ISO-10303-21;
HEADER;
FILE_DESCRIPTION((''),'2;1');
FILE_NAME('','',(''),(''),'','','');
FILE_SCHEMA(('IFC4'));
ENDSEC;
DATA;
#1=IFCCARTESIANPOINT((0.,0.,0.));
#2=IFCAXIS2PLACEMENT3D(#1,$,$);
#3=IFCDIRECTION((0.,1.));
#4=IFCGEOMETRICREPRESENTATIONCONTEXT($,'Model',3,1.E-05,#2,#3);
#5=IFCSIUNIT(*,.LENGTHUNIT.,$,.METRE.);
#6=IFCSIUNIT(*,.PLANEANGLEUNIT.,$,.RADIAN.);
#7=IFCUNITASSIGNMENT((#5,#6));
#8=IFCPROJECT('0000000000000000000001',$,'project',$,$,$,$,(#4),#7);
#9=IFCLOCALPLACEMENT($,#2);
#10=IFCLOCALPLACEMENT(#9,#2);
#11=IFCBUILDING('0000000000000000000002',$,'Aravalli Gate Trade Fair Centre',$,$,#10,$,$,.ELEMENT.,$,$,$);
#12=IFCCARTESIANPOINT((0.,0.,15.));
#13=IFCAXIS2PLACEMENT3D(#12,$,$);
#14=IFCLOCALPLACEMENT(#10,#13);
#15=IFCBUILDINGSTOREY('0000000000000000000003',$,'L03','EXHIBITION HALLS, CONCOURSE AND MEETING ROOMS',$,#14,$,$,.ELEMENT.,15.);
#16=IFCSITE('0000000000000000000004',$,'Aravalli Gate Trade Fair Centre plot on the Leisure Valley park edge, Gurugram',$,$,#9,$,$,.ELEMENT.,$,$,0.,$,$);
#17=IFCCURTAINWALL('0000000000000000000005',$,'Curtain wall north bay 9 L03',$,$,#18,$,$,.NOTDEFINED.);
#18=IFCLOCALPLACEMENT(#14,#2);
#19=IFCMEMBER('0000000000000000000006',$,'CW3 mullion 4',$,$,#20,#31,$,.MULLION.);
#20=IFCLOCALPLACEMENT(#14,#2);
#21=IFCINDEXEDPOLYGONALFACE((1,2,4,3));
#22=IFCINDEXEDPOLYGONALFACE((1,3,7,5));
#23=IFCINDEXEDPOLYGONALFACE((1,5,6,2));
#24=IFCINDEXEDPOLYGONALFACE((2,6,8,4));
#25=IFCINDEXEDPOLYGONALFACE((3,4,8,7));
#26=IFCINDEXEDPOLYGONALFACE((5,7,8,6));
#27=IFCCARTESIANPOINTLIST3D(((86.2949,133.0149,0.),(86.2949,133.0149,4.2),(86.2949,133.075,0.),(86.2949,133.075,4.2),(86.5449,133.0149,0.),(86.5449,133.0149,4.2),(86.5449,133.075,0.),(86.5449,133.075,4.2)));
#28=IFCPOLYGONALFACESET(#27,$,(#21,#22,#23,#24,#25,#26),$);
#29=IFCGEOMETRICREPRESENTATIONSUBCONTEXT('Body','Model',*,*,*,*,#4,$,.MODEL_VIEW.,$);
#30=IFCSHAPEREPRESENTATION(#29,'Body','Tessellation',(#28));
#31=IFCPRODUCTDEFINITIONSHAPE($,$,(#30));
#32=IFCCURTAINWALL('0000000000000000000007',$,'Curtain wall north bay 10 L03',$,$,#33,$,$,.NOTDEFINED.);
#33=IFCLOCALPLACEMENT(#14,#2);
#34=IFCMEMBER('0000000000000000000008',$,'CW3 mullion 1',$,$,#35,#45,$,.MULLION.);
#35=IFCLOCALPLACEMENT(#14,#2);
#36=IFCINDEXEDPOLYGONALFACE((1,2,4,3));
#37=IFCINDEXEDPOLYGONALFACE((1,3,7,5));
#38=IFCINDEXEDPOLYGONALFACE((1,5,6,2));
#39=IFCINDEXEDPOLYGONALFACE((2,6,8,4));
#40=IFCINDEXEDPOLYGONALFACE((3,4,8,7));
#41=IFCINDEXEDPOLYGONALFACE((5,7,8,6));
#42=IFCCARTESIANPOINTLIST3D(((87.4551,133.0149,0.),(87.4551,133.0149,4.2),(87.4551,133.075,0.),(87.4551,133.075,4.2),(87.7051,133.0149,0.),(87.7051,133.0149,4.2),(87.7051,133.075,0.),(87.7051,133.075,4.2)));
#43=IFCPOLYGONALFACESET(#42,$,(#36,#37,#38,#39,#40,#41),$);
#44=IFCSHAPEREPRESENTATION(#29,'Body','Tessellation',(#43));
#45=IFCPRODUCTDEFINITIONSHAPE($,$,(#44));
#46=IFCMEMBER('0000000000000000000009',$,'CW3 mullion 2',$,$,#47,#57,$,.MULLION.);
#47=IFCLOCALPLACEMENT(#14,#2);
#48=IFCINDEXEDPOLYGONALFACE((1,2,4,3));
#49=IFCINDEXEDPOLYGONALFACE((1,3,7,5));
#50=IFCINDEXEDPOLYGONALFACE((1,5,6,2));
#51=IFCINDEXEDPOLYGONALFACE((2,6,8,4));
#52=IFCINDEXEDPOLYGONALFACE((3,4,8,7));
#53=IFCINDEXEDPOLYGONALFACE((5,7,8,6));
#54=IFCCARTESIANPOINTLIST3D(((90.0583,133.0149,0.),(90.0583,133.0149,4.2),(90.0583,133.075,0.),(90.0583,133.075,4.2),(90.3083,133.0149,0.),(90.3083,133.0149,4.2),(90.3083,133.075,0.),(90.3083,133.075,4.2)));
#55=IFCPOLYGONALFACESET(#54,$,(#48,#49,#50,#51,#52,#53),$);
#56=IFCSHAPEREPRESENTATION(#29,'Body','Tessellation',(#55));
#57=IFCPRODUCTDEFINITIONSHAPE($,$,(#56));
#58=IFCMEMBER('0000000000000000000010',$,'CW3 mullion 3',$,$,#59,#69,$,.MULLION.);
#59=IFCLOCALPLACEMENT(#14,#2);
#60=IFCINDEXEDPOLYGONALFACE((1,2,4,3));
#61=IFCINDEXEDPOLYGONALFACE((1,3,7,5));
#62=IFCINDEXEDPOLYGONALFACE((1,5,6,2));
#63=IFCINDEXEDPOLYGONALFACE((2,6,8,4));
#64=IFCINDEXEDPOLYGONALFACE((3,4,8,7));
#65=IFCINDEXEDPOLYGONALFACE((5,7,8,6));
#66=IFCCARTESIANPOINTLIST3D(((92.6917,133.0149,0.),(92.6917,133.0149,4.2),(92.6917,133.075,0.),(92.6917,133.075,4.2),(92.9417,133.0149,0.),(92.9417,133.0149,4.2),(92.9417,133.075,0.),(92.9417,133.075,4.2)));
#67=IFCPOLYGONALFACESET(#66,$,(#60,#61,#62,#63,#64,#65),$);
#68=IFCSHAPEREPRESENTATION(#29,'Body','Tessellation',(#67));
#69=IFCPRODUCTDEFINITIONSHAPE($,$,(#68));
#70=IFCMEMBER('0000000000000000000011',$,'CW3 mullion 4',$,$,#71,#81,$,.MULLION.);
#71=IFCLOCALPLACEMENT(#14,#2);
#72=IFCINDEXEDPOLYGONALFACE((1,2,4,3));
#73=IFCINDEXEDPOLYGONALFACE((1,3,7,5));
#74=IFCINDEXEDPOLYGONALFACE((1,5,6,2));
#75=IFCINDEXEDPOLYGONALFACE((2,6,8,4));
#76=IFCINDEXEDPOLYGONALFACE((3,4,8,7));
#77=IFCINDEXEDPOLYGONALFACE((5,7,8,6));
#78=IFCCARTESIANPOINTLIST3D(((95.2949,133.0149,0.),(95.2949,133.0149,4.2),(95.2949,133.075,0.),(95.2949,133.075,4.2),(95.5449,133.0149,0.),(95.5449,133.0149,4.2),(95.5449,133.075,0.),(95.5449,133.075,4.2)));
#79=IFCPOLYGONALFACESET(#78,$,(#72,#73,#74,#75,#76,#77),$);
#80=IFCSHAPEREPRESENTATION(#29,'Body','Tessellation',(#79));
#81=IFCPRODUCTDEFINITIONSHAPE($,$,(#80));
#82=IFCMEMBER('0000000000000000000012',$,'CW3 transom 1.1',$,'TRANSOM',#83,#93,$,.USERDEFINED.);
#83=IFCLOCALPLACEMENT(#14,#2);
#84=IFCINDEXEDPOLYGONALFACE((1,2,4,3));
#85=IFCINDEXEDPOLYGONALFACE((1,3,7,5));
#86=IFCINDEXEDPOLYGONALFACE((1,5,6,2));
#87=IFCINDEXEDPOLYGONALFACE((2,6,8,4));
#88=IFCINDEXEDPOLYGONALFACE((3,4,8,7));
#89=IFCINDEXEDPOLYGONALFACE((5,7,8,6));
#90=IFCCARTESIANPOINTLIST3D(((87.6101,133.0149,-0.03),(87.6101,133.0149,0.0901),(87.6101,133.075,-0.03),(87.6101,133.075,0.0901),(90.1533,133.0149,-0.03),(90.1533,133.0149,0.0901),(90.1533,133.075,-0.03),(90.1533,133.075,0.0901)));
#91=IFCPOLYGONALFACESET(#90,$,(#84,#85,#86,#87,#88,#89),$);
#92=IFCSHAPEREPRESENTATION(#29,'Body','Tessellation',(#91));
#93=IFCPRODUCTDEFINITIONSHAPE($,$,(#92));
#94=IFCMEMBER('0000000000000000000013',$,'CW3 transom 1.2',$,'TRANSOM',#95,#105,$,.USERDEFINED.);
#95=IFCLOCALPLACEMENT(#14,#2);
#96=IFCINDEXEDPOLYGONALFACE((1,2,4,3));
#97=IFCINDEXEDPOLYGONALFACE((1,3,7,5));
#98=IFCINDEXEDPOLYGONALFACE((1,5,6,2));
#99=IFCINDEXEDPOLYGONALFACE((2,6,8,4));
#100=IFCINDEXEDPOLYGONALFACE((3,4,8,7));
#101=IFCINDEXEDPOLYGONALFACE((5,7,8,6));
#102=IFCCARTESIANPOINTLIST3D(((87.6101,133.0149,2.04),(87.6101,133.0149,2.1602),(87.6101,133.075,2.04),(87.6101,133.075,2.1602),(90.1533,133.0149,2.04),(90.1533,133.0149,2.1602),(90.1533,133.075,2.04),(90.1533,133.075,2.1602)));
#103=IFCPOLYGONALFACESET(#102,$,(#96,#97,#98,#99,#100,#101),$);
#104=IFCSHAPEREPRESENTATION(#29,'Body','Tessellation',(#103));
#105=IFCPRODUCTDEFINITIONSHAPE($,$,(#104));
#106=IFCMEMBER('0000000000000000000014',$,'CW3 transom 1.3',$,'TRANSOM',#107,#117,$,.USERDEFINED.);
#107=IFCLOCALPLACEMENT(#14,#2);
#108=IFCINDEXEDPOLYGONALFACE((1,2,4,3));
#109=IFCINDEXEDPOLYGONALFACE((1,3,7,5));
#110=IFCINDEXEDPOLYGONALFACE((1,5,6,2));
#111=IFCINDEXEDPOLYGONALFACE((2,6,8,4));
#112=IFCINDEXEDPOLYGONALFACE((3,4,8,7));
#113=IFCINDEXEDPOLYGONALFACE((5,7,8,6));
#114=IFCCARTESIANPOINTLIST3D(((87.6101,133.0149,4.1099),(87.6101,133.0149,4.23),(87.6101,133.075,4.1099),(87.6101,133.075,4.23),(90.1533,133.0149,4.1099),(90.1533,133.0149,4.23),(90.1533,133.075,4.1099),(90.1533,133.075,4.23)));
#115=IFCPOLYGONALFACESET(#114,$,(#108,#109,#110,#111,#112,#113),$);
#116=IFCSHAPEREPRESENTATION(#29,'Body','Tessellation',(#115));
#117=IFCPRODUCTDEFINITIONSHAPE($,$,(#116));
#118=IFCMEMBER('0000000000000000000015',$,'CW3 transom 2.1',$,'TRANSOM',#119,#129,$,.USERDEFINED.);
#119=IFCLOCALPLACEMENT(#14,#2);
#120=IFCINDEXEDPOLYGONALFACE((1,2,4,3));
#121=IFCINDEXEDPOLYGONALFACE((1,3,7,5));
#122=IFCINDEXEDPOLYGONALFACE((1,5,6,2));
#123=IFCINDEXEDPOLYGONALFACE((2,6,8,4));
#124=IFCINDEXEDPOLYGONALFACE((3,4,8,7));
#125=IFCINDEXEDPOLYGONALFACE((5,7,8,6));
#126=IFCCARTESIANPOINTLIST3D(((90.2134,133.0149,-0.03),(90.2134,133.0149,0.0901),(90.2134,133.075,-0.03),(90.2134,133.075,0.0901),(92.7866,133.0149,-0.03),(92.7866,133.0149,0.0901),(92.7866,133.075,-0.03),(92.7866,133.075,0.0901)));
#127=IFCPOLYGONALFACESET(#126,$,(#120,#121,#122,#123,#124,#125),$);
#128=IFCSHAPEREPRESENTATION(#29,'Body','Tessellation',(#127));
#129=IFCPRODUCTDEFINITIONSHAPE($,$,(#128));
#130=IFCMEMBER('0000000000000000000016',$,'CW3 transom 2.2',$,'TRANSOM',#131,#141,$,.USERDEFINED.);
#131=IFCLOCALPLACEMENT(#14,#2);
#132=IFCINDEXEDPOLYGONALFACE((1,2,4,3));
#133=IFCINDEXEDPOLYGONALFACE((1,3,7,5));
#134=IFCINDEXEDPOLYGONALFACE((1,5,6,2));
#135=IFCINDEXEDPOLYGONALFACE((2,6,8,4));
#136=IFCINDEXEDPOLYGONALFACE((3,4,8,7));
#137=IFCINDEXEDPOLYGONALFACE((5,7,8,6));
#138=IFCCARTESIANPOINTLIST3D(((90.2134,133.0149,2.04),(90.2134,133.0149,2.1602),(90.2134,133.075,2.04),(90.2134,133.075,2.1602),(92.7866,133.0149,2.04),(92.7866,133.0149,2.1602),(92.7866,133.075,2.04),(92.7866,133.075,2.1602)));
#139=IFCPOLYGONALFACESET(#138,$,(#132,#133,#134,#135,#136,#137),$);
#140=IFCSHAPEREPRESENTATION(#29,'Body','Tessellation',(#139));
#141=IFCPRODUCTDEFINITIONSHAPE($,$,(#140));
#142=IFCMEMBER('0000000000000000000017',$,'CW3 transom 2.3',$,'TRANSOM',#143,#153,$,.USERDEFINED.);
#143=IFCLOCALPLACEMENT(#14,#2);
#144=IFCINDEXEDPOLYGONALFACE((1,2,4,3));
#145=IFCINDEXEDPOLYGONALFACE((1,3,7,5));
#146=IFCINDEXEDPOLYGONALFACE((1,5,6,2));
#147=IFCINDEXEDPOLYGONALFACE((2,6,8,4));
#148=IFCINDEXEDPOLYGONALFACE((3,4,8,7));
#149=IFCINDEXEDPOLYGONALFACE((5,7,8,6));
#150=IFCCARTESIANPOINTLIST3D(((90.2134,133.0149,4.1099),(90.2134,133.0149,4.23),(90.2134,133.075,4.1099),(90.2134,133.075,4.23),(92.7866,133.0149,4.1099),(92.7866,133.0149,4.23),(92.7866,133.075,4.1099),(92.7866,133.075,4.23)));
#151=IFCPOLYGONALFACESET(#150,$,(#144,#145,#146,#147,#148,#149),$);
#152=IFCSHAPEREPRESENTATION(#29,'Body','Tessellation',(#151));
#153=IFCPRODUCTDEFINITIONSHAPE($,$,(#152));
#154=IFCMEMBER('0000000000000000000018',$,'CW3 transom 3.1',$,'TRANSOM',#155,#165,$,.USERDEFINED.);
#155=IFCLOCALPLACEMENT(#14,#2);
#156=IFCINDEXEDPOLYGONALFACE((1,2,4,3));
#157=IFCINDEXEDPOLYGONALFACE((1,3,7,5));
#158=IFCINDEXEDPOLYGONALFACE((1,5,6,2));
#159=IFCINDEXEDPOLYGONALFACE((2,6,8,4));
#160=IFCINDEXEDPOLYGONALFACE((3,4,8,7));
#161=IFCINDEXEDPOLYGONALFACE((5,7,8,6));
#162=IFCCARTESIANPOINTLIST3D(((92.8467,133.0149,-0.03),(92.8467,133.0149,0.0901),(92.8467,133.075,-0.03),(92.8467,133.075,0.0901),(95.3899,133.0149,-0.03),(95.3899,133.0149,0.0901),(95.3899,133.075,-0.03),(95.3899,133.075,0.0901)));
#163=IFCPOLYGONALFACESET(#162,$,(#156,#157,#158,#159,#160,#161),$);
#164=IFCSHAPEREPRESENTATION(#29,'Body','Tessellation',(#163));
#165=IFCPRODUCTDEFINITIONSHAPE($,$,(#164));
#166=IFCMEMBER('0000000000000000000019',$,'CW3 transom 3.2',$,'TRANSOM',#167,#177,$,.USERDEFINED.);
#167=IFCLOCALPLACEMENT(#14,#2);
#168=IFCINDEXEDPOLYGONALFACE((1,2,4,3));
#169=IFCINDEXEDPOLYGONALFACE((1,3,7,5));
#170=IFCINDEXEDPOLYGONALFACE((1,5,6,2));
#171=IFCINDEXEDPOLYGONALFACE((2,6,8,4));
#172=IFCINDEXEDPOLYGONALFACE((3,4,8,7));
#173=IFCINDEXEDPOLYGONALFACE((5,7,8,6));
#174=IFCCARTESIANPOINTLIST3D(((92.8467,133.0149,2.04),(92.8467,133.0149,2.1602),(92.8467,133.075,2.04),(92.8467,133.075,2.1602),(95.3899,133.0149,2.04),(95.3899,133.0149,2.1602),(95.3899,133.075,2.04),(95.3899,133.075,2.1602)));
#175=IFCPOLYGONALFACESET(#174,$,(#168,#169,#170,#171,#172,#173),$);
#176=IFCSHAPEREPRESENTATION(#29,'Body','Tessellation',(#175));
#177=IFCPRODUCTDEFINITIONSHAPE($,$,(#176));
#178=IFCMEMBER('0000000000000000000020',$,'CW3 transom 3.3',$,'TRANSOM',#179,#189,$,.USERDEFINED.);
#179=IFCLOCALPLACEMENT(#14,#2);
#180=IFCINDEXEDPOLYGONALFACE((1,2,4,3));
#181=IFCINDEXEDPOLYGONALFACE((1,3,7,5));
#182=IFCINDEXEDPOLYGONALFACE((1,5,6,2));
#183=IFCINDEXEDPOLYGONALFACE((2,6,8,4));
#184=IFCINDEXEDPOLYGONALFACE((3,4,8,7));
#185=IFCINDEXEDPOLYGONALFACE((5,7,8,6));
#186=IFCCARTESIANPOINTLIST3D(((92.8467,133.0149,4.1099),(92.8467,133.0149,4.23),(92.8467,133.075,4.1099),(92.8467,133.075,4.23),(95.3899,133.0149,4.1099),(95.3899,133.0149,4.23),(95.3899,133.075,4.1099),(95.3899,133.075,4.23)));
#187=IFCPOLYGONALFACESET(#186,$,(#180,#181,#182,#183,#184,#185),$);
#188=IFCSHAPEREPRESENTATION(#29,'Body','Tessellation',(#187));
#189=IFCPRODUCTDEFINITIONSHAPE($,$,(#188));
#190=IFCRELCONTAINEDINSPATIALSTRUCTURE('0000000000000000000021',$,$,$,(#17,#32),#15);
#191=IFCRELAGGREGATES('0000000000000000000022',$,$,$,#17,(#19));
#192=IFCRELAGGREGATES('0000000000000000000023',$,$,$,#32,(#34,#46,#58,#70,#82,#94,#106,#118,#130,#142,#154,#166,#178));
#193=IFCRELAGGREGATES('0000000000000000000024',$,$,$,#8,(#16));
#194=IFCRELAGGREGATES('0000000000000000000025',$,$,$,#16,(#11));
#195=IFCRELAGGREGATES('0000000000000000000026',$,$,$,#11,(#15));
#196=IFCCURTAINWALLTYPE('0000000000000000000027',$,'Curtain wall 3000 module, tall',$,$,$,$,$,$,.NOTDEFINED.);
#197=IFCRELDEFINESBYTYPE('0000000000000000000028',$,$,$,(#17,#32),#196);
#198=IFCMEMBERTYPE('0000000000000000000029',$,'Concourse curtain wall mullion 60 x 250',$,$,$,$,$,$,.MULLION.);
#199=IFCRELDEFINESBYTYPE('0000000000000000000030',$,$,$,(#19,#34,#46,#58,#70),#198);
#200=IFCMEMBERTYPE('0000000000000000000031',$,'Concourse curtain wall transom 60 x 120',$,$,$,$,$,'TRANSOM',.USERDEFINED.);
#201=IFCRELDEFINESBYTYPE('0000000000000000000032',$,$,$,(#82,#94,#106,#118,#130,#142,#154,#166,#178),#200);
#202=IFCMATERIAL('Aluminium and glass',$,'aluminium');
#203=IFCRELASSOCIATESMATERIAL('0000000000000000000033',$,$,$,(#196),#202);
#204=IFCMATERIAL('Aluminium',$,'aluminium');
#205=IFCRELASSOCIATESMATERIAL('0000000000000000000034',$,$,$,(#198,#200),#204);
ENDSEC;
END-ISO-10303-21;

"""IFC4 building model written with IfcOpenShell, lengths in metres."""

from ifc_helpers import new_model, si_unit, direction, frame, origin, origin_2d, place, context, subcontext, project, spatial, rectangle, extrude, material, material_profile, profile_set, type_object, element, aggregate, save


model = new_model("IFC4")

# Units and contexts
model_context = context("Model", 3, precision=1e-05, world=origin(), true_north=direction((0.0, 1.0)))
body_context = subcontext(model_context, "Body", "Model", "MODEL_VIEW")
ifc_project = project(units=[si_unit("LENGTHUNIT", "METRE"), si_unit("PLANEANGLEUNIT", "RADIAN")], contexts=[model_context])

# Site, building, storey
site_placement = place(None, origin())
site = spatial("IfcSite", under=ifc_project, at=site_placement, Name="Aravalli Gate Trade Fair Centre plot on the Leisure Valley park edge, Gurugram", CompositionType="ELEMENT", RefElevation=0.0)
building_placement = place(site_placement, origin())
building = spatial("IfcBuilding", under=site, at=building_placement, Name="Aravalli Gate Trade Fair Centre", CompositionType="ELEMENT")
storey_placement = place(building_placement, frame((0.0, 0.0, 15.0)))
storey = spatial("IfcBuildingStorey", under=building, at=storey_placement, Name="L03", Description="EXHIBITION HALLS, CONCOURSE AND MEETING ROOMS", CompositionType="ELEMENT", Elevation=15.0)

# Curtain wall, member
ifc_material_1 = material(Name="Aluminium and glass", Category="aluminium")
curtain_wall_type = type_object("IfcCurtainWallType", Name="Curtain wall 3000 module, tall", PredefinedType="NOTDEFINED", material=ifc_material_1)
curtain_wall_1_placement = place(storey_placement, origin())
curtain_wall_1 = element("IfcCurtainWall", 1, at=curtain_wall_1_placement, inside=storey, type_object=curtain_wall_type, Name="Curtain wall north bay 9 L03", PredefinedType="NOTDEFINED")
ifc_material_2 = material(Name="Aluminium", Category="aluminium")
ifc_material_profile_1 = material_profile(ifc_material_2, rectangle(XDim=0.0601, YDim=0.25, at=origin_2d()), Name="Concourse curtain wall mullion 60 x 250")
ifc_profile_set_1 = profile_set([ifc_material_profile_1], Name="Aluminium")
member_type_1 = type_object("IfcMemberType", Name="Concourse curtain wall mullion 60 x 250", PredefinedType="MULLION", material=ifc_profile_set_1)
member_1_placement = place(storey_placement, frame((86.4199, 133.0449, 0.0), z_axis=(0.0, 0.0, 1.0), x_axis=(0.0, 1.0, 0.0)))
member_1 = element("IfcMember", 2, at=member_1_placement, type_object=member_type_1, Name="CW3 mullion 4", PredefinedType="MULLION", context=body_context, shape_type="SweptSolid", body=[
    extrude(rectangle(XDim=0.0601, YDim=0.25, at=origin_2d()), origin(), (0.0, 0.0, 1.0), 4.2),
])

# Curtain wall, members
curtain_wall_2_placement = place(storey_placement, origin())
curtain_wall_2 = element("IfcCurtainWall", 3, at=curtain_wall_2_placement, inside=storey, type_object=curtain_wall_type, Name="Curtain wall north bay 10 L03", PredefinedType="NOTDEFINED")
member_2_placement = place(storey_placement, frame((87.5801, 133.0449, 0.0), z_axis=(0.0, 0.0, 1.0), x_axis=(0.0, 1.0, 0.0)))
member_2 = element("IfcMember", 4, at=member_2_placement, type_object=member_type_1, Name="CW3 mullion 1", PredefinedType="MULLION", context=body_context, shape_type="SweptSolid", body=[
    extrude(rectangle(XDim=0.0601, YDim=0.25, at=origin_2d()), origin(), (0.0, 0.0, 1.0), 4.2),
])
member_3_placement = place(storey_placement, frame((90.1833, 133.0449, 0.0), z_axis=(0.0, 0.0, 1.0), x_axis=(0.0, 1.0, 0.0)))
member_3 = element("IfcMember", 5, at=member_3_placement, type_object=member_type_1, Name="CW3 mullion 2", PredefinedType="MULLION", context=body_context, shape_type="SweptSolid", body=[
    extrude(rectangle(XDim=0.0601, YDim=0.25, at=origin_2d()), origin(), (0.0, 0.0, 1.0), 4.2),
])
member_4_placement = place(storey_placement, frame((92.8167, 133.0449, 0.0), z_axis=(0.0, 0.0, 1.0), x_axis=(0.0, 1.0, 0.0)))
member_4 = element("IfcMember", 6, at=member_4_placement, type_object=member_type_1, Name="CW3 mullion 3", PredefinedType="MULLION", context=body_context, shape_type="SweptSolid", body=[
    extrude(rectangle(XDim=0.0601, YDim=0.25, at=origin_2d()), origin(), (0.0, 0.0, 1.0), 4.2),
])
member_5_placement = place(storey_placement, frame((95.4199, 133.0449, 0.0), z_axis=(0.0, 0.0, 1.0), x_axis=(0.0, 1.0, 0.0)))
member_5 = element("IfcMember", 7, at=member_5_placement, type_object=member_type_1, Name="CW3 mullion 4", PredefinedType="MULLION", context=body_context, shape_type="SweptSolid", body=[
    extrude(rectangle(XDim=0.0601, YDim=0.25, at=origin_2d()), origin(), (0.0, 0.0, 1.0), 4.2),
])
ifc_material_profile_2 = material_profile(ifc_material_2, rectangle(XDim=0.0601, YDim=0.1201, at=origin_2d()), Name="Concourse curtain wall transom 60 x 120")
ifc_profile_set_2 = profile_set([ifc_material_profile_2], Name="Aluminium")
member_type_2 = type_object("IfcMemberType", Name="Concourse curtain wall transom 60 x 120", ElementType="TRANSOM", PredefinedType="USERDEFINED", material=ifc_profile_set_2)
member_6_placement = place(storey_placement, frame((87.6101, 133.0449, 0.03), z_axis=(1.0, 0.0, 0.0), x_axis=(0.0, 1.0, 0.0)))
member_6 = element("IfcMember", 8, at=member_6_placement, type_object=member_type_2, Name="CW3 transom 1.1", ObjectType="TRANSOM", PredefinedType="USERDEFINED", context=body_context, shape_type="SweptSolid", body=[
    extrude(rectangle(XDim=0.0601, YDim=0.1201, at=origin_2d()), origin(), (0.0, 0.0, 1.0), 2.5432),
])
member_7_placement = place(storey_placement, frame((87.6101, 133.0449, 2.1001), z_axis=(1.0, 0.0, 0.0), x_axis=(0.0, 1.0, 0.0)))
member_7 = element("IfcMember", 9, at=member_7_placement, type_object=member_type_2, Name="CW3 transom 1.2", ObjectType="TRANSOM", PredefinedType="USERDEFINED", context=body_context, shape_type="SweptSolid", body=[
    extrude(rectangle(XDim=0.0601, YDim=0.1201, at=origin_2d()), origin(), (0.0, 0.0, 1.0), 2.5432),
])
member_8_placement = place(storey_placement, frame((87.6101, 133.0449, 4.1699), z_axis=(1.0, 0.0, 0.0), x_axis=(0.0, 1.0, 0.0)))
member_8 = element("IfcMember", 10, at=member_8_placement, type_object=member_type_2, Name="CW3 transom 1.3", ObjectType="TRANSOM", PredefinedType="USERDEFINED", context=body_context, shape_type="SweptSolid", body=[
    extrude(rectangle(XDim=0.0601, YDim=0.1201, at=origin_2d()), origin(), (0.0, 0.0, 1.0), 2.5432),
])
member_9_placement = place(storey_placement, frame((90.2134, 133.0449, 0.03), z_axis=(1.0, 0.0, 0.0), x_axis=(0.0, 1.0, 0.0)))
member_9 = element("IfcMember", 11, at=member_9_placement, type_object=member_type_2, Name="CW3 transom 2.1", ObjectType="TRANSOM", PredefinedType="USERDEFINED", context=body_context, shape_type="SweptSolid", body=[
    extrude(rectangle(XDim=0.0601, YDim=0.1201, at=origin_2d()), origin(), (0.0, 0.0, 1.0), 2.5732),
])
member_10_placement = place(storey_placement, frame((90.2134, 133.0449, 2.1001), z_axis=(1.0, 0.0, 0.0), x_axis=(0.0, 1.0, 0.0)))
member_10 = element("IfcMember", 12, at=member_10_placement, type_object=member_type_2, Name="CW3 transom 2.2", ObjectType="TRANSOM", PredefinedType="USERDEFINED", context=body_context, shape_type="SweptSolid", body=[
    extrude(rectangle(XDim=0.0601, YDim=0.1201, at=origin_2d()), origin(), (0.0, 0.0, 1.0), 2.5732),
])
member_11_placement = place(storey_placement, frame((90.2134, 133.0449, 4.1699), z_axis=(1.0, 0.0, 0.0), x_axis=(0.0, 1.0, 0.0)))
member_11 = element("IfcMember", 13, at=member_11_placement, type_object=member_type_2, Name="CW3 transom 2.3", ObjectType="TRANSOM", PredefinedType="USERDEFINED", context=body_context, shape_type="SweptSolid", body=[
    extrude(rectangle(XDim=0.0601, YDim=0.1201, at=origin_2d()), origin(), (0.0, 0.0, 1.0), 2.5732),
])
member_12_placement = place(storey_placement, frame((92.8467, 133.0449, 0.03), z_axis=(1.0, 0.0, 0.0), x_axis=(0.0, 1.0, 0.0)))
member_12 = element("IfcMember", 14, at=member_12_placement, type_object=member_type_2, Name="CW3 transom 3.1", ObjectType="TRANSOM", PredefinedType="USERDEFINED", context=body_context, shape_type="SweptSolid", body=[
    extrude(rectangle(XDim=0.0601, YDim=0.1201, at=origin_2d()), origin(), (0.0, 0.0, 1.0), 2.5432),
])
member_13_placement = place(storey_placement, frame((92.8467, 133.0449, 2.1001), z_axis=(1.0, 0.0, 0.0), x_axis=(0.0, 1.0, 0.0)))
member_13 = element("IfcMember", 15, at=member_13_placement, type_object=member_type_2, Name="CW3 transom 3.2", ObjectType="TRANSOM", PredefinedType="USERDEFINED", context=body_context, shape_type="SweptSolid", body=[
    extrude(rectangle(XDim=0.0601, YDim=0.1201, at=origin_2d()), origin(), (0.0, 0.0, 1.0), 2.5432),
])
member_14_placement = place(storey_placement, frame((92.8467, 133.0449, 4.1699), z_axis=(1.0, 0.0, 0.0), x_axis=(0.0, 1.0, 0.0)))
member_14 = element("IfcMember", 16, at=member_14_placement, type_object=member_type_2, Name="CW3 transom 3.3", ObjectType="TRANSOM", PredefinedType="USERDEFINED", context=body_context, shape_type="SweptSolid", body=[
    extrude(rectangle(XDim=0.0601, YDim=0.1201, at=origin_2d()), origin(), (0.0, 0.0, 1.0), 2.5432),
])

aggregate(curtain_wall_1, [member_1])
aggregate(curtain_wall_2, [member_2, member_3, member_4, member_5, member_6, member_7, member_8, member_9, member_10, member_11, member_12, member_13, member_14])

save(model, "model.ifc")
